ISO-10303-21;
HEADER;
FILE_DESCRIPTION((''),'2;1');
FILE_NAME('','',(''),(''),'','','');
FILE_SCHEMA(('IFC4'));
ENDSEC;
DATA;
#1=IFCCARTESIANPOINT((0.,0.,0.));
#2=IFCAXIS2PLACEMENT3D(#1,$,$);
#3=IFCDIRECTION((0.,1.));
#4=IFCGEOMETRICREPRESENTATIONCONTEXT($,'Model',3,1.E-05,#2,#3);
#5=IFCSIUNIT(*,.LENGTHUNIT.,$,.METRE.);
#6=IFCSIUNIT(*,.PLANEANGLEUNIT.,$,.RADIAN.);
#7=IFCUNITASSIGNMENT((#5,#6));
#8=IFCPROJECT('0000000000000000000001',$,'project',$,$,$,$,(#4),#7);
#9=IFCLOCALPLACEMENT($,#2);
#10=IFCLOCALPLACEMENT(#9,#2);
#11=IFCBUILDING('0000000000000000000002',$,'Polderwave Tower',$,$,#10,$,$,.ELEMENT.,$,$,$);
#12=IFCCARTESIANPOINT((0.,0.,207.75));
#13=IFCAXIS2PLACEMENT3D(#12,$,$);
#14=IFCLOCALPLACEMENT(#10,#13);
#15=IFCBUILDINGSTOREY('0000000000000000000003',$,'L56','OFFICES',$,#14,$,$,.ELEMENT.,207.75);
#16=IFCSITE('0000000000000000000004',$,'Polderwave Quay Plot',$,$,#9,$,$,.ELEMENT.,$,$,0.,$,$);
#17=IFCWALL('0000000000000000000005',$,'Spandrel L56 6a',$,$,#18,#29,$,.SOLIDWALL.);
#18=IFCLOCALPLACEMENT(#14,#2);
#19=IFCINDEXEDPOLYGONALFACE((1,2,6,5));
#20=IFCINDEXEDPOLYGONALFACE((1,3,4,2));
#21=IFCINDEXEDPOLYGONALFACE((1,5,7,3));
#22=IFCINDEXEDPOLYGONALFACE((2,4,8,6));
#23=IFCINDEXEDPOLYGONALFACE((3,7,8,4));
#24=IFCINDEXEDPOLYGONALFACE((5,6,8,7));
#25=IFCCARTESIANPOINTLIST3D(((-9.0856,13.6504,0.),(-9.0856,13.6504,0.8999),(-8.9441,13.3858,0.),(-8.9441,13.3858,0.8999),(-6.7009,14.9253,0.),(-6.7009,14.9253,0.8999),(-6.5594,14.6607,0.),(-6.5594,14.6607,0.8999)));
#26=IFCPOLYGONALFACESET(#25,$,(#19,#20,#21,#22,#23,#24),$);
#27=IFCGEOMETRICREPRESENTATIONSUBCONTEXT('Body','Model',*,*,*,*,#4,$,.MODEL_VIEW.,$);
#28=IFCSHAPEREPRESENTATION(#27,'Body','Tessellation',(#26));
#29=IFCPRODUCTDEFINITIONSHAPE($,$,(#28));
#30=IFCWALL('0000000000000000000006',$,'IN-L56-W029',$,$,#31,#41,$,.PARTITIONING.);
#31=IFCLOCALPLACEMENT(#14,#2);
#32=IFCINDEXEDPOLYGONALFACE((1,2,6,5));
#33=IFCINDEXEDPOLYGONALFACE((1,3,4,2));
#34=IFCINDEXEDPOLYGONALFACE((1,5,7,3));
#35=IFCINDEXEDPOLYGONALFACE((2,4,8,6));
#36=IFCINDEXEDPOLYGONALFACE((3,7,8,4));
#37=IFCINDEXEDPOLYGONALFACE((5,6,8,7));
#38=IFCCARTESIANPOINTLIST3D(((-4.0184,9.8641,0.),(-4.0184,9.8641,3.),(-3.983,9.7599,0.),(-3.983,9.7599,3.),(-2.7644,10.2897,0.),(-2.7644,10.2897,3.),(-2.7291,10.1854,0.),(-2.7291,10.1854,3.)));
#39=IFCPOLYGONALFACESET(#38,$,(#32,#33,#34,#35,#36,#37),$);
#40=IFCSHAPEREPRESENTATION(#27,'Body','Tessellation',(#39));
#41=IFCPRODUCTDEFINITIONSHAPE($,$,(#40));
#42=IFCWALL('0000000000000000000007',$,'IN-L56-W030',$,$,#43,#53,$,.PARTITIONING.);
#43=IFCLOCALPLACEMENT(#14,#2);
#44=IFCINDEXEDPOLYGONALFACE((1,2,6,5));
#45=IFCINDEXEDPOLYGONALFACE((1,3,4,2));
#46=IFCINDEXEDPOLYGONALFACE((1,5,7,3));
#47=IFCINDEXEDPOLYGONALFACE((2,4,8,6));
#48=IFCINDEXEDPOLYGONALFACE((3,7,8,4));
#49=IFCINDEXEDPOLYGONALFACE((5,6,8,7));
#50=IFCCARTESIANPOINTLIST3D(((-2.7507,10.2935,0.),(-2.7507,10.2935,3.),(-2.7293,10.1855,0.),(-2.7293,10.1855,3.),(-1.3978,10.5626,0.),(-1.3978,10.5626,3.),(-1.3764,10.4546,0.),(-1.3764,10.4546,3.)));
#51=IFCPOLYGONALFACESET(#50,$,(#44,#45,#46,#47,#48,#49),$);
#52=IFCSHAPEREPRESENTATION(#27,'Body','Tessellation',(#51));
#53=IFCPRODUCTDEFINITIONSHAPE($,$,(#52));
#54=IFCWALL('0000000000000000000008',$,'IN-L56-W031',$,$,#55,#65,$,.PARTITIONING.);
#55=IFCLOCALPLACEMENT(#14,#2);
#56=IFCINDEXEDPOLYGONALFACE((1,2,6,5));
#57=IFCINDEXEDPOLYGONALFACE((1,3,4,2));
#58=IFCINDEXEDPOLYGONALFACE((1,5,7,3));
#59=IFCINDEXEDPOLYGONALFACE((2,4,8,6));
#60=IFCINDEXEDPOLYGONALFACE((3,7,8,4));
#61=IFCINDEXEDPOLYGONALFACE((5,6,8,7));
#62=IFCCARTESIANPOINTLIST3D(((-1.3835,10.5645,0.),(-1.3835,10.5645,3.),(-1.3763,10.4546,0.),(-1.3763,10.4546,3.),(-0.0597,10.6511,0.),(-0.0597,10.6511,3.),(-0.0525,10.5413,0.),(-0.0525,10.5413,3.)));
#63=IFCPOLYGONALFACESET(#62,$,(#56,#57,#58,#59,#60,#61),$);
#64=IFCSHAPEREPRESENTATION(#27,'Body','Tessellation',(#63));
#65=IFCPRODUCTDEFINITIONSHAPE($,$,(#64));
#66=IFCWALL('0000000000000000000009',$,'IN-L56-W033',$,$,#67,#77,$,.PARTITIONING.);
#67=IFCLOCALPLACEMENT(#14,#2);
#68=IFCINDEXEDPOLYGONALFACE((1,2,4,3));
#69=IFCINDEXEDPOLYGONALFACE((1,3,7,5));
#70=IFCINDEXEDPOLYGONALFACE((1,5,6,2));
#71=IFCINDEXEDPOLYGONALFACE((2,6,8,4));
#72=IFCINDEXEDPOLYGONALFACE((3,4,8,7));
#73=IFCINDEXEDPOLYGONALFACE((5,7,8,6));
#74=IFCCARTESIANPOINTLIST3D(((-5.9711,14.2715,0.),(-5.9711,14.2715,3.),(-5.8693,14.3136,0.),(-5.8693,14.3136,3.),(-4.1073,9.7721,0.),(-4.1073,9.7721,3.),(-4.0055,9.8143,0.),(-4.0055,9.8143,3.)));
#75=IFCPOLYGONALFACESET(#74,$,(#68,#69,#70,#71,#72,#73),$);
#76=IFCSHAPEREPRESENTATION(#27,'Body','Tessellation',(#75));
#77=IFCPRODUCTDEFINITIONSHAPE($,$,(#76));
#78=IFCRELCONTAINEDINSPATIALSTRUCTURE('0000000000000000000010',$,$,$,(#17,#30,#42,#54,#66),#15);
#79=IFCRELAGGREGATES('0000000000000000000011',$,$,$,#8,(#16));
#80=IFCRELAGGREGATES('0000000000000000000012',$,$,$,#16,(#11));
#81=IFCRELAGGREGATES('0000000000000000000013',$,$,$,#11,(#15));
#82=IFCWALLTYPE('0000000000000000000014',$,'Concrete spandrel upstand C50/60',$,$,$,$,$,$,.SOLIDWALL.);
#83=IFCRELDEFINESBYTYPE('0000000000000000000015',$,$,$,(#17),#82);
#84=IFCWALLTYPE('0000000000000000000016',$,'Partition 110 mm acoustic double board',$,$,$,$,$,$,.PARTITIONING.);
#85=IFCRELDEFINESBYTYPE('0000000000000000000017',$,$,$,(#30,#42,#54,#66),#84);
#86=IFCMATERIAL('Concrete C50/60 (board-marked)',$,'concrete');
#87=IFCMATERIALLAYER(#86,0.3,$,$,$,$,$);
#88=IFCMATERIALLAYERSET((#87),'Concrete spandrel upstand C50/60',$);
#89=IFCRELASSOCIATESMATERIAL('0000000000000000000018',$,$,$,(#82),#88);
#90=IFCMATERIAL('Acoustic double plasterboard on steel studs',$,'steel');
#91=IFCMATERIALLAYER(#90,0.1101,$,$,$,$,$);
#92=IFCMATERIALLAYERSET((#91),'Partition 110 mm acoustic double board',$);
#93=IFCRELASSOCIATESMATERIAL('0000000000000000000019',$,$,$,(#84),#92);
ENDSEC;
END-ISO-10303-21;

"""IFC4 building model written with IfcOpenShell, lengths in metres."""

from ifc_helpers import new_model, si_unit, direction, frame, frame_2d, origin, place, context, subcontext, project, spatial, rectangle, extrude, material, layer, layer_set, type_object, element, save


model = new_model("IFC4")

# Units and contexts
model_context = context("Model", 3, precision=1e-05, world=origin(), true_north=direction((0.0, 1.0)))
body_context = subcontext(model_context, "Body", "Model", "MODEL_VIEW")
ifc_project = project(units=[si_unit("LENGTHUNIT", "METRE"), si_unit("PLANEANGLEUNIT", "RADIAN")], contexts=[model_context])

# Site, building, storey
site_placement = place(None, origin())
site = spatial("IfcSite", under=ifc_project, at=site_placement, Name="Polderwave Quay Plot", CompositionType="ELEMENT", RefElevation=0.0)
building_placement = place(site_placement, origin())
building = spatial("IfcBuilding", under=site, at=building_placement, Name="Polderwave Tower", CompositionType="ELEMENT")
storey_placement = place(building_placement, frame((0.0, 0.0, 207.75)))
storey = spatial("IfcBuildingStorey", under=building, at=storey_placement, Name="L56", Description="OFFICES", CompositionType="ELEMENT", Elevation=207.75)

# Walls
ifc_material_1 = material(Name="Concrete C50/60 (board-marked)", Category="concrete")
ifc_layer_1 = layer(ifc_material_1, 0.3)
ifc_layer_set_1 = layer_set([ifc_layer_1], Name="Concrete spandrel upstand C50/60")
wall_type_1 = type_object("IfcWallType", Name="Concrete spandrel upstand C50/60", PredefinedType="SOLIDWALL", material=ifc_layer_set_1)
wall_1_placement = place(storey_placement, frame((-6.6301, 14.793, 0.0), z_axis=(0.0, 0.0, 1.0), x_axis=(-0.881888, -0.47146, 0.0)))
element("IfcWall", 1, at=wall_1_placement, inside=storey, type_object=wall_type_1, Name="Spandrel L56 6a", PredefinedType="SOLIDWALL", context=body_context, shape_type="SweptSolid", body=[
    extrude(rectangle(XDim=2.7041, YDim=0.3, at=frame_2d((1.3521, 0.0))), origin(), (0.0, 0.0, 1.0), 0.8999),
])
ifc_material_2 = material(Name="Acoustic double plasterboard on steel studs", Category="steel")
ifc_layer_2 = layer(ifc_material_2, 0.1101)
ifc_layer_set_2 = layer_set([ifc_layer_2], Name="Partition 110 mm acoustic double board")
wall_type_2 = type_object("IfcWallType", Name="Partition 110 mm acoustic double board", PredefinedType="PARTITIONING", material=ifc_layer_set_2)
wall_2_placement = place(storey_placement, frame((-4.0007, 9.812, 0.0), z_axis=(0.0, 0.0, 1.0), x_axis=(0.946955, 0.321367, 0.0)))
element("IfcWall", 2, at=wall_2_placement, inside=storey, type_object=wall_type_2, Name="IN-L56-W029", PredefinedType="PARTITIONING", context=body_context, shape_type="SweptSolid", body=[
    extrude(rectangle(XDim=1.3242, YDim=0.1101, at=frame_2d((0.6621, 0.0))), origin(), (0.0, 0.0, 1.0), 3.0),
])
wall_3_placement = place(storey_placement, frame((-2.74, 10.2395, 0.0), z_axis=(0.0, 0.0, 1.0), x_axis=(0.980791, 0.195061, 0.0)))
element("IfcWall", 3, at=wall_3_placement, inside=storey, type_object=wall_type_2, Name="IN-L56-W030", PredefinedType="PARTITIONING", context=body_context, shape_type="SweptSolid", body=[
    extrude(rectangle(XDim=1.3794, YDim=0.1101, at=frame_2d((0.6897, 0.0))), origin(), (0.0, 0.0, 1.0), 3.0),
])
wall_4_placement = place(storey_placement, frame((-1.3799, 10.5095, 0.0), z_axis=(0.0, 0.0, 1.0), x_axis=(0.997863, 0.065334, 0.0)))
element("IfcWall", 4, at=wall_4_placement, inside=storey, type_object=wall_type_2, Name="IN-L56-W031", PredefinedType="PARTITIONING", context=body_context, shape_type="SweptSolid", body=[
    extrude(rectangle(XDim=1.3267, YDim=0.1101, at=frame_2d((0.6633, 0.0))), origin(), (0.0, 0.0, 1.0), 3.0),
])
wall_5_placement = place(storey_placement, frame((-4.0564, 9.7932, 0.0), z_axis=(0.0, 0.0, 1.0), x_axis=(-0.382703, 0.923871, 0.0)))
element("IfcWall", 5, at=wall_5_placement, inside=storey, type_object=wall_type_2, Name="IN-L56-W033", PredefinedType="PARTITIONING", context=body_context, shape_type="SweptSolid", body=[
    extrude(rectangle(XDim=4.8701, YDim=0.1101, at=frame_2d((2.4351, 0.0))), origin(), (0.0, 0.0, 1.0), 3.0),
])

save(model, "model.ifc")
